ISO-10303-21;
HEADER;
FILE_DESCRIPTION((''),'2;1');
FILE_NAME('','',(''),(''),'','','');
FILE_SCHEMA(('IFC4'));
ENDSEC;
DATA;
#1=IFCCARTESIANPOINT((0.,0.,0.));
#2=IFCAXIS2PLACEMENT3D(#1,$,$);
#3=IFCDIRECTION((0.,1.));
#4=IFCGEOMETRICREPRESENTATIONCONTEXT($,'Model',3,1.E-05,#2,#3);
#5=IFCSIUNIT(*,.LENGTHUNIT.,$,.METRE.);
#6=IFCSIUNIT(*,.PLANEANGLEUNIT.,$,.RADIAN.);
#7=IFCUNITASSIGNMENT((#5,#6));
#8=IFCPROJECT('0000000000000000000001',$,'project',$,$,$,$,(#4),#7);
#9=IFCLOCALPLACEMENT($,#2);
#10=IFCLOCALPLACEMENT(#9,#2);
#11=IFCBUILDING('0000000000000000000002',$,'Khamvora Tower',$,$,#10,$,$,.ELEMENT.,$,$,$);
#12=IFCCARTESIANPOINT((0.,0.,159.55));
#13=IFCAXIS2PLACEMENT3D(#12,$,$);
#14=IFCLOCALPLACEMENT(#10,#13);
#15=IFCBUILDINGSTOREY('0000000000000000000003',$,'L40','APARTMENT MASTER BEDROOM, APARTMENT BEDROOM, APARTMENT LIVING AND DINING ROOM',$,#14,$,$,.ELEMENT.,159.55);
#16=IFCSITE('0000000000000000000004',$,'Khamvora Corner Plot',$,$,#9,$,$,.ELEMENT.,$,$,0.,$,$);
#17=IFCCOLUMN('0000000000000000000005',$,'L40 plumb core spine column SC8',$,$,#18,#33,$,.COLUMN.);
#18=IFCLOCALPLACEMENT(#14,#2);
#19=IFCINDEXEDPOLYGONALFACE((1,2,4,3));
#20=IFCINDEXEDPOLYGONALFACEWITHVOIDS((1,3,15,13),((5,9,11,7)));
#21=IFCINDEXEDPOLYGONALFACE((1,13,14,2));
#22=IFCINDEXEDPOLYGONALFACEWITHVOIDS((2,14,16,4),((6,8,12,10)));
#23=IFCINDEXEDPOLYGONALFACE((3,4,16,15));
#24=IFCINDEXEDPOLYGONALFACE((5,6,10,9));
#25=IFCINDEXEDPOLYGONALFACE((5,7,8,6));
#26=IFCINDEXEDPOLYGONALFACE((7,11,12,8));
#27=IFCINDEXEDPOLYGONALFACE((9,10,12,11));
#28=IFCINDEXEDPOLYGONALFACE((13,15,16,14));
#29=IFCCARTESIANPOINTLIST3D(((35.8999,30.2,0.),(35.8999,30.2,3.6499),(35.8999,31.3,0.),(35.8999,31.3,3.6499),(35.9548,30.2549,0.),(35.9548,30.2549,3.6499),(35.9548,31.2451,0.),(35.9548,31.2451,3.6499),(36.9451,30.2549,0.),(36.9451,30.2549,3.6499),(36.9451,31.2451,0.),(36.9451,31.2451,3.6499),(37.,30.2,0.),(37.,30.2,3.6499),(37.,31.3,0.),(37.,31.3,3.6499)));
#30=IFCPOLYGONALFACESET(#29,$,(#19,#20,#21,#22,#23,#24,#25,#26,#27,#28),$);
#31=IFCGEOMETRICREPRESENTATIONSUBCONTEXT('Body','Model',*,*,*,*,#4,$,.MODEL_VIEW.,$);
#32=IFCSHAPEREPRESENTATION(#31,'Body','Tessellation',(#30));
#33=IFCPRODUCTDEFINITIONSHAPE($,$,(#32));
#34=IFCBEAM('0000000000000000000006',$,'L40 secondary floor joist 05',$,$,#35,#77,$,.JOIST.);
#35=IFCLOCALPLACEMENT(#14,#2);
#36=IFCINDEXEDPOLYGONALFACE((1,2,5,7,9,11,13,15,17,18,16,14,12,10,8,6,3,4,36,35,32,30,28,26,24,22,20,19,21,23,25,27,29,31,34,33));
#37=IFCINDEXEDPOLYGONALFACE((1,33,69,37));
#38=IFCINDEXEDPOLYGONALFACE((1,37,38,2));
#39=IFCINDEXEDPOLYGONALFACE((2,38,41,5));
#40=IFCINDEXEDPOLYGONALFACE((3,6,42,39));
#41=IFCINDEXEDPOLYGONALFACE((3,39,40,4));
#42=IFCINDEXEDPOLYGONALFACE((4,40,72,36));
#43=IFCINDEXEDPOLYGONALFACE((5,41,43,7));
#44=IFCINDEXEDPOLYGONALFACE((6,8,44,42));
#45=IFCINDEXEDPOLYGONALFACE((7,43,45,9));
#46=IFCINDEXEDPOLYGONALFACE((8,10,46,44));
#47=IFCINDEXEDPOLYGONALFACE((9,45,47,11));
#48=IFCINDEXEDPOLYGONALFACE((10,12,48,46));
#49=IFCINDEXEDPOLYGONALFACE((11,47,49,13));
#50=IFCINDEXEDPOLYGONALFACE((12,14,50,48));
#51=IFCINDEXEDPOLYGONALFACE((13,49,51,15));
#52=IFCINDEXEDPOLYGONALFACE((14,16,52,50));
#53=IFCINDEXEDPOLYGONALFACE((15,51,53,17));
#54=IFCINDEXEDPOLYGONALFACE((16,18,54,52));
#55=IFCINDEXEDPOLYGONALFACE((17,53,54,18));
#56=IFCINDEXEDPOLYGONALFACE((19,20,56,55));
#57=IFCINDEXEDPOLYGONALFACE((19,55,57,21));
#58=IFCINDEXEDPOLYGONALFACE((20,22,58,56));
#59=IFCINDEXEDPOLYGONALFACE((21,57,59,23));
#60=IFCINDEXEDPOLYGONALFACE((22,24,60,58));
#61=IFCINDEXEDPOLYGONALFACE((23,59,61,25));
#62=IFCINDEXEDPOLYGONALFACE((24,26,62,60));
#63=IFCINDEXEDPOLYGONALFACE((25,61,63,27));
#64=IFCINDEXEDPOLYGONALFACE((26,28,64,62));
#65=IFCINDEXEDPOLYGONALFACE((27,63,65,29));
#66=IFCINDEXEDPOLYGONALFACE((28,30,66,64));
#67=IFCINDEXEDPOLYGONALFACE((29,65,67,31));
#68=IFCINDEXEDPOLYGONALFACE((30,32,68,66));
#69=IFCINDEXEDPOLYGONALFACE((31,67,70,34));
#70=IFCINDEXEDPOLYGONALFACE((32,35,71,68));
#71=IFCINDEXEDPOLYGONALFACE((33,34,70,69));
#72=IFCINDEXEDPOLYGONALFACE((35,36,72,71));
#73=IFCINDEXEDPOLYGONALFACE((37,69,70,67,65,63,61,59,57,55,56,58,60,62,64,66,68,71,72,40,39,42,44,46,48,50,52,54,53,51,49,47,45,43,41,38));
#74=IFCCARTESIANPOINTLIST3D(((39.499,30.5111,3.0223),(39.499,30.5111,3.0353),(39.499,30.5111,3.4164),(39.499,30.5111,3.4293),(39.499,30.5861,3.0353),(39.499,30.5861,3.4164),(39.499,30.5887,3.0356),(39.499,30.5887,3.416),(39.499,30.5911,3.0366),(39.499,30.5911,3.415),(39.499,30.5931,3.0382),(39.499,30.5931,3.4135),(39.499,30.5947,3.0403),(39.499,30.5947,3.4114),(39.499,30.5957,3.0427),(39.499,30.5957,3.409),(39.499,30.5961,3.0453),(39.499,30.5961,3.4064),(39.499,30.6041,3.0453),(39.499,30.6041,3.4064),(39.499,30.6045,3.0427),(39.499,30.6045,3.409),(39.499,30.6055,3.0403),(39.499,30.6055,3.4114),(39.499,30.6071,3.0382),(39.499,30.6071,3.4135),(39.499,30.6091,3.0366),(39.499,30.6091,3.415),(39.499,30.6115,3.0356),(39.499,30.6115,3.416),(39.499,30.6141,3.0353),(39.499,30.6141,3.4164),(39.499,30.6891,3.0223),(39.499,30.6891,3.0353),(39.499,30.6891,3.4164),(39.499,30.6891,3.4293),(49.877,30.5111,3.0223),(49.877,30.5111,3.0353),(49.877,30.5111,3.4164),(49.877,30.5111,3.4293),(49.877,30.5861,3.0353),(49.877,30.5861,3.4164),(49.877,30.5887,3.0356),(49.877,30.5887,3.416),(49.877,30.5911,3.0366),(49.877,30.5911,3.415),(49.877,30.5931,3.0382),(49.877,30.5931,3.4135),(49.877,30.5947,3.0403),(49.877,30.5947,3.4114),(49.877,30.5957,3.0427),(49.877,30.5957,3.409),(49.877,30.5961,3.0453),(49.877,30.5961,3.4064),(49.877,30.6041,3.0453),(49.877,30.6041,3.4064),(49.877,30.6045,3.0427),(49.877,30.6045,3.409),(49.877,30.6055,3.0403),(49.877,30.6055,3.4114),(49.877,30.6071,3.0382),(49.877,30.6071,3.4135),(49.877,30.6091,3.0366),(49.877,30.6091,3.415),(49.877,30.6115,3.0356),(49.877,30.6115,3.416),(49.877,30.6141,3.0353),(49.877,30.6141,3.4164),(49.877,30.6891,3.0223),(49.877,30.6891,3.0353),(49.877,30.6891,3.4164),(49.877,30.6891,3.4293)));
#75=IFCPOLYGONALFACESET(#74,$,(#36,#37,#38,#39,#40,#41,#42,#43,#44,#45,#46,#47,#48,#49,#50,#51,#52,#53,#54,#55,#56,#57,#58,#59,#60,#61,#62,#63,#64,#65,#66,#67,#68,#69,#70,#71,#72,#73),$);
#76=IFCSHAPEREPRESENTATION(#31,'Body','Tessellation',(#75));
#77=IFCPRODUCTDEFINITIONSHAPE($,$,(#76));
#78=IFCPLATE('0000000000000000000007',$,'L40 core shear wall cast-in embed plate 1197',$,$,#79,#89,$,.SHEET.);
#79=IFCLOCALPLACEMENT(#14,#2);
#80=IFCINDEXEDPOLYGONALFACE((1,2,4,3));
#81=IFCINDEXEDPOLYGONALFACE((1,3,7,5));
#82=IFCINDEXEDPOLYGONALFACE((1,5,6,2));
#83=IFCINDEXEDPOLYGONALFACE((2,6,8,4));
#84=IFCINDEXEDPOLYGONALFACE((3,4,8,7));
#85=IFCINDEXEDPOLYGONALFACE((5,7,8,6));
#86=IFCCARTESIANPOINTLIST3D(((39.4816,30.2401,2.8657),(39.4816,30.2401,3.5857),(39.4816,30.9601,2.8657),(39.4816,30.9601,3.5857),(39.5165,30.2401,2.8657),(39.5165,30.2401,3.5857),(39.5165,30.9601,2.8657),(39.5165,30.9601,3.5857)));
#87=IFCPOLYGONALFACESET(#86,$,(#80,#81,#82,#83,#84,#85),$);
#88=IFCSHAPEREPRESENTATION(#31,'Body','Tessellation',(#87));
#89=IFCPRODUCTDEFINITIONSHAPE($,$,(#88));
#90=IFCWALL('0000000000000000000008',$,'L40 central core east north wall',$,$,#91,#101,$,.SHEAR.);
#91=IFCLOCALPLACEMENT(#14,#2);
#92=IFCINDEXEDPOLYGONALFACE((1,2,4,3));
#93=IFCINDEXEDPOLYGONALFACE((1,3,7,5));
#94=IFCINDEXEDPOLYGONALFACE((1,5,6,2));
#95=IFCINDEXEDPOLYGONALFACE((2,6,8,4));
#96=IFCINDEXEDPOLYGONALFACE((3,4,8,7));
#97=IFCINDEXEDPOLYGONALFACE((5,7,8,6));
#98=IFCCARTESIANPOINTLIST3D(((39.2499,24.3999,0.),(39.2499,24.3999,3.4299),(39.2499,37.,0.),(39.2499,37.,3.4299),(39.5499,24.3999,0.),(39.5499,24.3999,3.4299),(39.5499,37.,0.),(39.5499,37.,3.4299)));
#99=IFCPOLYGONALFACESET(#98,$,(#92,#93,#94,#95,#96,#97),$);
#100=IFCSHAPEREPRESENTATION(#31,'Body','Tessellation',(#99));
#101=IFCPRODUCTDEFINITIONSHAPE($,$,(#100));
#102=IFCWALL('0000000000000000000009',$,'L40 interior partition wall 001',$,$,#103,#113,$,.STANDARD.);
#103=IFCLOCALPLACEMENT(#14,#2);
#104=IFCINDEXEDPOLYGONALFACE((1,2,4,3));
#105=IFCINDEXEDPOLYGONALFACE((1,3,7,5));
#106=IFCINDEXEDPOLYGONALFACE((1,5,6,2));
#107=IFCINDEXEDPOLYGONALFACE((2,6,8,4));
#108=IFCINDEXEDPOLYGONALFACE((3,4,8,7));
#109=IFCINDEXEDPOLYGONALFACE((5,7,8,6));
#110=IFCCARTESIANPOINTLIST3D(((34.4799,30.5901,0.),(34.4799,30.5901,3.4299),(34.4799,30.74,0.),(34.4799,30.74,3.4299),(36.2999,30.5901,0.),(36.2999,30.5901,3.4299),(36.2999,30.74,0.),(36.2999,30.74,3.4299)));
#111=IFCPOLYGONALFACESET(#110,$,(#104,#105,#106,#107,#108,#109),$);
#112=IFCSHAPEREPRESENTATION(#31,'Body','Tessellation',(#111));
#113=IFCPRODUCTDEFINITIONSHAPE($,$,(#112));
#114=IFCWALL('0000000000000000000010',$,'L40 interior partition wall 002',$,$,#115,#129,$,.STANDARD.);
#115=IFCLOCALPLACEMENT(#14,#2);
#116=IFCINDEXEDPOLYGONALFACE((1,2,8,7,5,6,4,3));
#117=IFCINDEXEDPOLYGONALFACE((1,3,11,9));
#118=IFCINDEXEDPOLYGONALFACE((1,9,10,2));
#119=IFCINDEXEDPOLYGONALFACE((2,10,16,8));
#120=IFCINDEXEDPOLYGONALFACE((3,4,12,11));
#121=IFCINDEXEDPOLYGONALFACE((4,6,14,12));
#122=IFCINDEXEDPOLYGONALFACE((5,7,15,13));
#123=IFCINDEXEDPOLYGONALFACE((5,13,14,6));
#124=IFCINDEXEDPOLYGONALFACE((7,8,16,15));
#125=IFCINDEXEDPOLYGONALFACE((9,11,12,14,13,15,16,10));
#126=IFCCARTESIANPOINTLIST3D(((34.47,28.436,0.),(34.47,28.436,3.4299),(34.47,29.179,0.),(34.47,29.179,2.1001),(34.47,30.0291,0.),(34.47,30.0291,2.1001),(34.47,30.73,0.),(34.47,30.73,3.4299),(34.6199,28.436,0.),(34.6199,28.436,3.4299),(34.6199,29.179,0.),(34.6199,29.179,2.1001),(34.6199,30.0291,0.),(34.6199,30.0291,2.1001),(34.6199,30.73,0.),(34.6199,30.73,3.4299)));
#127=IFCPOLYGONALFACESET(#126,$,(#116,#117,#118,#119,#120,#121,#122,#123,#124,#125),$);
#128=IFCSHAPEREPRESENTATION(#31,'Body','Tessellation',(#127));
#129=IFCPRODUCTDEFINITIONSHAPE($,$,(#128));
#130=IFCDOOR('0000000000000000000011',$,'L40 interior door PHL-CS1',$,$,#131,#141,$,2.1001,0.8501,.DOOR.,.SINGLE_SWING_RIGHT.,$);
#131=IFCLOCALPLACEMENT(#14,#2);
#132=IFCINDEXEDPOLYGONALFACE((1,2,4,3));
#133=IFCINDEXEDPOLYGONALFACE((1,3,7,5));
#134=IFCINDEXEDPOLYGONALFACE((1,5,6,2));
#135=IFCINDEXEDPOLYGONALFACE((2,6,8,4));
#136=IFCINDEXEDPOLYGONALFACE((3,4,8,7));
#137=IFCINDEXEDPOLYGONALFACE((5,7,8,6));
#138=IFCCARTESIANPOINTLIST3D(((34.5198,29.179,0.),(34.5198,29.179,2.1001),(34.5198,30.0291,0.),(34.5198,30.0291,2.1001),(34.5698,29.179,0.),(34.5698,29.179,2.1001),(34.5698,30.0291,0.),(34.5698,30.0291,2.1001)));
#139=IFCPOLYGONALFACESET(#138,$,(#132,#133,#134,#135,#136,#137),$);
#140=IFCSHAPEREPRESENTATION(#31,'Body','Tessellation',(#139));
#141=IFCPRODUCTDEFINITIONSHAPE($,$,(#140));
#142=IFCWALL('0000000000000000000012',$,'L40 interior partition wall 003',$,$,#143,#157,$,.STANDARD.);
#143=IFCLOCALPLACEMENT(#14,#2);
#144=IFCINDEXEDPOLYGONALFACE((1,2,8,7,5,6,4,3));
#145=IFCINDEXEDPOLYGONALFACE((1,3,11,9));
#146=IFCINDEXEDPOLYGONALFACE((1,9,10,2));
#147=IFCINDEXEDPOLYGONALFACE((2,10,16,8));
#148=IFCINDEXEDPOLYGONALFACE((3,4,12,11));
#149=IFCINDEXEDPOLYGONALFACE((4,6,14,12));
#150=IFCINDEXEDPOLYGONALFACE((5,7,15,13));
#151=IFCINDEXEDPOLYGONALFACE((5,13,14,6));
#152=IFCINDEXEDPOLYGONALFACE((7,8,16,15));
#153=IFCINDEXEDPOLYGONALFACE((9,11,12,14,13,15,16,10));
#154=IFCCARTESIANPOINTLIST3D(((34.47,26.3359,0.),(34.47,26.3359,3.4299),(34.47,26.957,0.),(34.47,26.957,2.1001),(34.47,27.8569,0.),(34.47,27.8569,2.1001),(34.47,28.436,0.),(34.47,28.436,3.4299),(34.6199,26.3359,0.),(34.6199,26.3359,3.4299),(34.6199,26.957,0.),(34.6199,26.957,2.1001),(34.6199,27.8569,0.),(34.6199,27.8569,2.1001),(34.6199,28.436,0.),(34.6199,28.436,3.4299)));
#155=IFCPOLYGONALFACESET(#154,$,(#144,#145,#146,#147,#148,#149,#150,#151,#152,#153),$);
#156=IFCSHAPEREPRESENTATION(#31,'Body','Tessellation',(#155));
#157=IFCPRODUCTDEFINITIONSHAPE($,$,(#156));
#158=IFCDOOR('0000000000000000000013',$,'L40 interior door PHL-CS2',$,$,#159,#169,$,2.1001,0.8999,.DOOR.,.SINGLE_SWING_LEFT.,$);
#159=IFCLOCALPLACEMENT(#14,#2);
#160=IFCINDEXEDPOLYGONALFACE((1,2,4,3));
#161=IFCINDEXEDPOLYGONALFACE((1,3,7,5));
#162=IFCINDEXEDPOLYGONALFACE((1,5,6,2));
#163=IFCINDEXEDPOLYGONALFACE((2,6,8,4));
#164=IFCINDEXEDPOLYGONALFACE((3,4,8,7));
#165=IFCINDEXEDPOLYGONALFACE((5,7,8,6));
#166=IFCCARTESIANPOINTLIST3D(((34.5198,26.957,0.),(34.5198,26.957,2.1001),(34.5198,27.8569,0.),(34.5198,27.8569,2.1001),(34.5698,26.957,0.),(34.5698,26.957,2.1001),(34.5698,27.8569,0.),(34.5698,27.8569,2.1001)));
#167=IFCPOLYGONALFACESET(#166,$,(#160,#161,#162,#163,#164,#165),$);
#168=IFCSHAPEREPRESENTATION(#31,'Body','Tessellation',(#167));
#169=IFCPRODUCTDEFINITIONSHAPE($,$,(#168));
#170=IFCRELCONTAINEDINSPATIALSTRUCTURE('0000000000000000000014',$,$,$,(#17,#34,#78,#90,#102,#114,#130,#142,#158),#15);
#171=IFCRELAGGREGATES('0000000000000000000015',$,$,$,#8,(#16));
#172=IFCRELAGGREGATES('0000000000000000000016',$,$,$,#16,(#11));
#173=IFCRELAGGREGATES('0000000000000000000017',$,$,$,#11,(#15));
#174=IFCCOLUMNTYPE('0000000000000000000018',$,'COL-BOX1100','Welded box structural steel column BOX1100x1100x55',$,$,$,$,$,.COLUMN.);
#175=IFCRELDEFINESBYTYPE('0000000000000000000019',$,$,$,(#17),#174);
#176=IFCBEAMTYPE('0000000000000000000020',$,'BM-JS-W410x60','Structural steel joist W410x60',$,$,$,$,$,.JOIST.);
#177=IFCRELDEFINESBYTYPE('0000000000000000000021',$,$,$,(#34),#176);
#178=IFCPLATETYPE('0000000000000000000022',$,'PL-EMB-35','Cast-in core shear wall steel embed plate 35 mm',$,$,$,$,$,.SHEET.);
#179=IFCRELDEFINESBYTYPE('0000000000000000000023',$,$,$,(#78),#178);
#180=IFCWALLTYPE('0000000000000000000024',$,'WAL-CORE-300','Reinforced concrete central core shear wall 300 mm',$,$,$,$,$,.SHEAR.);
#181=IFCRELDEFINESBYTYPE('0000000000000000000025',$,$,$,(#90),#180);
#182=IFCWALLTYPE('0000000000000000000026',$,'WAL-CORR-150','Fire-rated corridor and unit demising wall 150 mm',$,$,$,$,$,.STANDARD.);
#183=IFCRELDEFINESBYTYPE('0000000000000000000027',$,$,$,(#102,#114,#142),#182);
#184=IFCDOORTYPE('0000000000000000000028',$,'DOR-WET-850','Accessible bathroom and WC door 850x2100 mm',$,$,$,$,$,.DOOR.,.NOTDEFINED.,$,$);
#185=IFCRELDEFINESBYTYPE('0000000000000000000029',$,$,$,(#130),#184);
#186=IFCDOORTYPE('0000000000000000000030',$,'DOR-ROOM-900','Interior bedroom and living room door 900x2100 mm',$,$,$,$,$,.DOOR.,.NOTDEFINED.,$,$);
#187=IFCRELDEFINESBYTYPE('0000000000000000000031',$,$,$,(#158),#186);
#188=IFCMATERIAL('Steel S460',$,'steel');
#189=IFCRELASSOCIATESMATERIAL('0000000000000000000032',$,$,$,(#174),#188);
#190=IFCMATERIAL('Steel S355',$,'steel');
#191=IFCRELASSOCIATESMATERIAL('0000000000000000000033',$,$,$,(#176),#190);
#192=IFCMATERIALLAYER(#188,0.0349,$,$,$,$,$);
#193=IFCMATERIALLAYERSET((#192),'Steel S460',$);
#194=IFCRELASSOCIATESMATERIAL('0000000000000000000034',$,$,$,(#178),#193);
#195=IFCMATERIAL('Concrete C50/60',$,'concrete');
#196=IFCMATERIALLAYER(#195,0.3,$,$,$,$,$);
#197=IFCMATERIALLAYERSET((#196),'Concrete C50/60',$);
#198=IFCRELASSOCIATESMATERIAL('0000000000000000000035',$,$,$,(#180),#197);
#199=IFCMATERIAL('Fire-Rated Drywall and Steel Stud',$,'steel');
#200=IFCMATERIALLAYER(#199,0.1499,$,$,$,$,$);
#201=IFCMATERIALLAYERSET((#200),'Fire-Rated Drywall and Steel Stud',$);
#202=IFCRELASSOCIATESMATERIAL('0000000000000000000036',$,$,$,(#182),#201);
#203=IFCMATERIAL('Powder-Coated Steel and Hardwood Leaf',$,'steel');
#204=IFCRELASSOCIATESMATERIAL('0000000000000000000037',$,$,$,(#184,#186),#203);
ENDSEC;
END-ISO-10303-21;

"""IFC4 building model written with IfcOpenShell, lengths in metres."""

from ifc_helpers import new_model, si_unit, direction, frame, frame_2d, origin, origin_2d, place, context, subcontext, project, spatial, rectangle, hollow_rectangle, i_section, extrude, material, layer, layer_set, material_profile, profile_set, type_object, element, fill, save


model = new_model("IFC4")

# Units and contexts
model_context = context("Model", 3, precision=1e-05, world=origin(), true_north=direction((0.0, 1.0)))
body_context = subcontext(model_context, "Body", "Model", "MODEL_VIEW")
ifc_project = project(units=[si_unit("LENGTHUNIT", "METRE"), si_unit("PLANEANGLEUNIT", "RADIAN")], contexts=[model_context])

# Site, building, storey
site_placement = place(None, origin())
site = spatial("IfcSite", under=ifc_project, at=site_placement, Name="Khamvora Corner Plot", CompositionType="ELEMENT", RefElevation=0.0)
building_placement = place(site_placement, origin())
building = spatial("IfcBuilding", under=site, at=building_placement, Name="Khamvora Tower", CompositionType="ELEMENT")
storey_placement = place(building_placement, frame((0.0, 0.0, 159.55)))
storey = spatial("IfcBuildingStorey", under=building, at=storey_placement, Name="L40", Description="APARTMENT MASTER BEDROOM, APARTMENT BEDROOM, APARTMENT LIVING AND DINING ROOM", CompositionType="ELEMENT", Elevation=159.55)

# Column
ifc_material_1 = material(Name="Steel S460", Category="steel")
ifc_material_profile_1 = material_profile(ifc_material_1, hollow_rectangle(XDim=1.1001, YDim=1.1001, WallThickness=0.0549, at=origin_2d()), Name="BOX1100x1100x55")
ifc_profile_set_1 = profile_set([ifc_material_profile_1], Name="Steel S460")
column_type = type_object("IfcColumnType", Name="COL-BOX1100", Description="Welded box structural steel column BOX1100x1100x55", PredefinedType="COLUMN", material=ifc_profile_set_1)
column_placement = place(storey_placement, frame((36.45, 30.75, 0.0), z_axis=(0.0, 0.0, 1.0), x_axis=(1.0, 0.0, 0.0)))
element("IfcColumn", 1, at=column_placement, inside=storey, type_object=column_type, Name="L40 plumb core spine column SC8", PredefinedType="COLUMN", context=body_context, shape_type="SweptSolid", body=[
    extrude(hollow_rectangle(XDim=1.1001, YDim=1.1001, WallThickness=0.0549, at=origin_2d()), origin(), (0.0, 0.0, 1.0), 3.6499),
])

# Beam
ifc_material_2 = material(Name="Steel S355", Category="steel")
ifc_material_profile_2 = material_profile(ifc_material_2, i_section(OverallWidth=0.178, OverallDepth=0.407, WebThickness=0.0081, FlangeThickness=0.0129, FilletRadius=0.01, at=origin_2d()), Name="W410x60")
ifc_profile_set_2 = profile_set([ifc_material_profile_2], Name="Steel S355")
beam_type = type_object("IfcBeamType", Name="BM-JS-W410x60", Description="Structural steel joist W410x60", PredefinedType="JOIST", material=ifc_profile_set_2)
beam_placement = place(storey_placement, frame((39.499, 30.6001, 3.2258), z_axis=(1.0, 0.0, 0.0), x_axis=(0.0, 1.0, 0.0)))
element("IfcBeam", 2, at=beam_placement, inside=storey, type_object=beam_type, Name="L40 secondary floor joist 05", PredefinedType="JOIST", context=body_context, shape_type="SweptSolid", body=[
    extrude(i_section(OverallWidth=0.178, OverallDepth=0.407, WebThickness=0.0081, FlangeThickness=0.0129, FilletRadius=0.01, at=origin_2d()), origin(), (0.0, 0.0, 1.0), 10.3779),
])

# Plate
ifc_layer_1 = layer(ifc_material_1, 0.0349)
ifc_layer_set_1 = layer_set([ifc_layer_1], Name="Steel S460")
plate_type = type_object("IfcPlateType", Name="PL-EMB-35", Description="Cast-in core shear wall steel embed plate 35 mm", PredefinedType="SHEET", material=ifc_layer_set_1)
plate_placement = place(storey_placement, frame((39.499, 30.6001, 2.8657), z_axis=(0.0, 0.0, 1.0), x_axis=(1.0, 0.0, 0.0)))
element("IfcPlate", 3, at=plate_placement, inside=storey, type_object=plate_type, Name="L40 core shear wall cast-in embed plate 1197", PredefinedType="SHEET", context=body_context, shape_type="SweptSolid", body=[
    extrude(rectangle(XDim=0.0349, YDim=0.72, at=origin_2d()), origin(), (0.0, 0.0, 1.0), 0.72),
])

# Wall
ifc_material_3 = material(Name="Concrete C50/60", Category="concrete")
ifc_layer_2 = layer(ifc_material_3, 0.3)
ifc_layer_set_2 = layer_set([ifc_layer_2], Name="Concrete C50/60")
wall_type_1 = type_object("IfcWallType", Name="WAL-CORE-300", Description="Reinforced concrete central core shear wall 300 mm", PredefinedType="SHEAR", material=ifc_layer_set_2)
wall_1_placement = place(storey_placement, frame((39.3999, 24.3999, 0.0), z_axis=(0.0, 0.0, 1.0), x_axis=(0.0, 1.0, 0.0)))
element("IfcWall", 4, at=wall_1_placement, inside=storey, type_object=wall_type_1, Name="L40 central core east north wall", PredefinedType="SHEAR", context=body_context, shape_type="SweptSolid", body=[
    extrude(rectangle(XDim=12.6001, YDim=0.3, at=frame_2d((6.3, 0.0))), origin(), (0.0, 0.0, 1.0), 3.4299),
])

# Shared definitions
ifc_material_4 = material(Name="Powder-Coated Steel and Hardwood Leaf", Category="steel")

# Wall
ifc_material_5 = material(Name="Fire-Rated Drywall and Steel Stud", Category="steel")
ifc_layer_3 = layer(ifc_material_5, 0.1499)
ifc_layer_set_3 = layer_set([ifc_layer_3], Name="Fire-Rated Drywall and Steel Stud")
wall_type_2 = type_object("IfcWallType", Name="WAL-CORR-150", Description="Fire-rated corridor and unit demising wall 150 mm", PredefinedType="STANDARD", material=ifc_layer_set_3)
wall_2_placement = place(storey_placement, frame((36.3, 30.665, 0.0), z_axis=(0.0, 0.0, 1.0), x_axis=(-1.0, 0.0, 0.0)))
element("IfcWall", 5, at=wall_2_placement, inside=storey, type_object=wall_type_2, Name="L40 interior partition wall 001", PredefinedType="STANDARD", context=body_context, shape_type="SweptSolid", body=[
    extrude(rectangle(XDim=1.8201, YDim=0.1499, at=frame_2d((0.9102, 0.0))), origin(), (0.0, 0.0, 1.0), 3.4299),
])

# Walls, openings, doors
wall_3_placement = place(storey_placement, frame((34.5449, 30.73, 0.0), z_axis=(0.0, 0.0, 1.0), x_axis=(0.0, -1.0, 0.0)))
wall_3 = element("IfcWall", 6, at=wall_3_placement, inside=storey, type_object=wall_type_2, Name="L40 interior partition wall 002", PredefinedType="STANDARD", context=body_context, shape_type="SweptSolid", body=[
    extrude(rectangle(XDim=2.2939, YDim=0.1499, at=frame_2d((1.147, 0.0))), origin(), (0.0, 0.0, 1.0), 3.4299),
])
opening_1_placement = place(wall_3_placement, frame((0.7009, 0.0, 0.0)))
opening_1 = element("IfcOpeningElement", 7, at=opening_1_placement, cuts=wall_3, PredefinedType="OPENING", context=body_context, shape_type="SweptSolid", body=[
    extrude(rectangle(XDim=0.8501, YDim=2.1001, at=frame_2d((0.425, 1.05))), frame((0.0, 0.085, 0.0), z_axis=(0.0, -1.0, 0.0), x_axis=(1.0, 0.0, 0.0)), (0.0, 0.0, 1.0), 0.1699),
])
door_type_1 = type_object("IfcDoorType", Name="DOR-WET-850", Description="Accessible bathroom and WC door 850x2100 mm", OperationType="NOTDEFINED", PredefinedType="DOOR", material=ifc_material_4)
door_1_placement = place(opening_1_placement, origin())
door_1 = element("IfcDoor", 8, at=door_1_placement, inside=storey, type_object=door_type_1, Name="L40 interior door PHL-CS1", OperationType="SINGLE_SWING_RIGHT", OverallHeight=2.1001, OverallWidth=0.8501, PredefinedType="DOOR", context=body_context, shape_type="SweptSolid", body=[
    extrude(rectangle(XDim=0.8501, YDim=2.1001, at=frame_2d((0.425, 1.05))), frame((0.0, 0.0249, 0.0), z_axis=(0.0, -1.0, 0.0), x_axis=(1.0, 0.0, 0.0)), (0.0, 0.0, 1.0), 0.05),
])
fill(opening_1, door_1)
wall_4_placement = place(storey_placement, frame((34.5449, 28.436, 0.0), z_axis=(0.0, 0.0, 1.0), x_axis=(0.0, -1.0, 0.0)))
wall_4 = element("IfcWall", 9, at=wall_4_placement, inside=storey, type_object=wall_type_2, Name="L40 interior partition wall 003", PredefinedType="STANDARD", context=body_context, shape_type="SweptSolid", body=[
    extrude(rectangle(XDim=2.1001, YDim=0.1499, at=frame_2d((1.05, 0.0))), origin(), (0.0, 0.0, 1.0), 3.4299),
])
opening_2_placement = place(wall_4_placement, frame((0.5791, 0.0, 0.0)))
opening_2 = element("IfcOpeningElement", 10, at=opening_2_placement, cuts=wall_4, PredefinedType="OPENING", context=body_context, shape_type="SweptSolid", body=[
    extrude(rectangle(XDim=0.8999, YDim=2.1001, at=frame_2d((0.45, 1.05))), frame((0.0, 0.085, 0.0), z_axis=(0.0, -1.0, 0.0), x_axis=(1.0, 0.0, 0.0)), (0.0, 0.0, 1.0), 0.1699),
])
door_type_2 = type_object("IfcDoorType", Name="DOR-ROOM-900", Description="Interior bedroom and living room door 900x2100 mm", OperationType="NOTDEFINED", PredefinedType="DOOR", material=ifc_material_4)
door_2_placement = place(opening_2_placement, origin())
door_2 = element("IfcDoor", 11, at=door_2_placement, inside=storey, type_object=door_type_2, Name="L40 interior door PHL-CS2", OperationType="SINGLE_SWING_LEFT", OverallHeight=2.1001, OverallWidth=0.8999, PredefinedType="DOOR", context=body_context, shape_type="SweptSolid", body=[
    extrude(rectangle(XDim=0.8999, YDim=2.1001, at=frame_2d((0.45, 1.05))), frame((0.0, 0.0249, 0.0), z_axis=(0.0, -1.0, 0.0), x_axis=(1.0, 0.0, 0.0)), (0.0, 0.0, 1.0), 0.05),
])
fill(opening_2, door_2)

save(model, "model.ifc")
